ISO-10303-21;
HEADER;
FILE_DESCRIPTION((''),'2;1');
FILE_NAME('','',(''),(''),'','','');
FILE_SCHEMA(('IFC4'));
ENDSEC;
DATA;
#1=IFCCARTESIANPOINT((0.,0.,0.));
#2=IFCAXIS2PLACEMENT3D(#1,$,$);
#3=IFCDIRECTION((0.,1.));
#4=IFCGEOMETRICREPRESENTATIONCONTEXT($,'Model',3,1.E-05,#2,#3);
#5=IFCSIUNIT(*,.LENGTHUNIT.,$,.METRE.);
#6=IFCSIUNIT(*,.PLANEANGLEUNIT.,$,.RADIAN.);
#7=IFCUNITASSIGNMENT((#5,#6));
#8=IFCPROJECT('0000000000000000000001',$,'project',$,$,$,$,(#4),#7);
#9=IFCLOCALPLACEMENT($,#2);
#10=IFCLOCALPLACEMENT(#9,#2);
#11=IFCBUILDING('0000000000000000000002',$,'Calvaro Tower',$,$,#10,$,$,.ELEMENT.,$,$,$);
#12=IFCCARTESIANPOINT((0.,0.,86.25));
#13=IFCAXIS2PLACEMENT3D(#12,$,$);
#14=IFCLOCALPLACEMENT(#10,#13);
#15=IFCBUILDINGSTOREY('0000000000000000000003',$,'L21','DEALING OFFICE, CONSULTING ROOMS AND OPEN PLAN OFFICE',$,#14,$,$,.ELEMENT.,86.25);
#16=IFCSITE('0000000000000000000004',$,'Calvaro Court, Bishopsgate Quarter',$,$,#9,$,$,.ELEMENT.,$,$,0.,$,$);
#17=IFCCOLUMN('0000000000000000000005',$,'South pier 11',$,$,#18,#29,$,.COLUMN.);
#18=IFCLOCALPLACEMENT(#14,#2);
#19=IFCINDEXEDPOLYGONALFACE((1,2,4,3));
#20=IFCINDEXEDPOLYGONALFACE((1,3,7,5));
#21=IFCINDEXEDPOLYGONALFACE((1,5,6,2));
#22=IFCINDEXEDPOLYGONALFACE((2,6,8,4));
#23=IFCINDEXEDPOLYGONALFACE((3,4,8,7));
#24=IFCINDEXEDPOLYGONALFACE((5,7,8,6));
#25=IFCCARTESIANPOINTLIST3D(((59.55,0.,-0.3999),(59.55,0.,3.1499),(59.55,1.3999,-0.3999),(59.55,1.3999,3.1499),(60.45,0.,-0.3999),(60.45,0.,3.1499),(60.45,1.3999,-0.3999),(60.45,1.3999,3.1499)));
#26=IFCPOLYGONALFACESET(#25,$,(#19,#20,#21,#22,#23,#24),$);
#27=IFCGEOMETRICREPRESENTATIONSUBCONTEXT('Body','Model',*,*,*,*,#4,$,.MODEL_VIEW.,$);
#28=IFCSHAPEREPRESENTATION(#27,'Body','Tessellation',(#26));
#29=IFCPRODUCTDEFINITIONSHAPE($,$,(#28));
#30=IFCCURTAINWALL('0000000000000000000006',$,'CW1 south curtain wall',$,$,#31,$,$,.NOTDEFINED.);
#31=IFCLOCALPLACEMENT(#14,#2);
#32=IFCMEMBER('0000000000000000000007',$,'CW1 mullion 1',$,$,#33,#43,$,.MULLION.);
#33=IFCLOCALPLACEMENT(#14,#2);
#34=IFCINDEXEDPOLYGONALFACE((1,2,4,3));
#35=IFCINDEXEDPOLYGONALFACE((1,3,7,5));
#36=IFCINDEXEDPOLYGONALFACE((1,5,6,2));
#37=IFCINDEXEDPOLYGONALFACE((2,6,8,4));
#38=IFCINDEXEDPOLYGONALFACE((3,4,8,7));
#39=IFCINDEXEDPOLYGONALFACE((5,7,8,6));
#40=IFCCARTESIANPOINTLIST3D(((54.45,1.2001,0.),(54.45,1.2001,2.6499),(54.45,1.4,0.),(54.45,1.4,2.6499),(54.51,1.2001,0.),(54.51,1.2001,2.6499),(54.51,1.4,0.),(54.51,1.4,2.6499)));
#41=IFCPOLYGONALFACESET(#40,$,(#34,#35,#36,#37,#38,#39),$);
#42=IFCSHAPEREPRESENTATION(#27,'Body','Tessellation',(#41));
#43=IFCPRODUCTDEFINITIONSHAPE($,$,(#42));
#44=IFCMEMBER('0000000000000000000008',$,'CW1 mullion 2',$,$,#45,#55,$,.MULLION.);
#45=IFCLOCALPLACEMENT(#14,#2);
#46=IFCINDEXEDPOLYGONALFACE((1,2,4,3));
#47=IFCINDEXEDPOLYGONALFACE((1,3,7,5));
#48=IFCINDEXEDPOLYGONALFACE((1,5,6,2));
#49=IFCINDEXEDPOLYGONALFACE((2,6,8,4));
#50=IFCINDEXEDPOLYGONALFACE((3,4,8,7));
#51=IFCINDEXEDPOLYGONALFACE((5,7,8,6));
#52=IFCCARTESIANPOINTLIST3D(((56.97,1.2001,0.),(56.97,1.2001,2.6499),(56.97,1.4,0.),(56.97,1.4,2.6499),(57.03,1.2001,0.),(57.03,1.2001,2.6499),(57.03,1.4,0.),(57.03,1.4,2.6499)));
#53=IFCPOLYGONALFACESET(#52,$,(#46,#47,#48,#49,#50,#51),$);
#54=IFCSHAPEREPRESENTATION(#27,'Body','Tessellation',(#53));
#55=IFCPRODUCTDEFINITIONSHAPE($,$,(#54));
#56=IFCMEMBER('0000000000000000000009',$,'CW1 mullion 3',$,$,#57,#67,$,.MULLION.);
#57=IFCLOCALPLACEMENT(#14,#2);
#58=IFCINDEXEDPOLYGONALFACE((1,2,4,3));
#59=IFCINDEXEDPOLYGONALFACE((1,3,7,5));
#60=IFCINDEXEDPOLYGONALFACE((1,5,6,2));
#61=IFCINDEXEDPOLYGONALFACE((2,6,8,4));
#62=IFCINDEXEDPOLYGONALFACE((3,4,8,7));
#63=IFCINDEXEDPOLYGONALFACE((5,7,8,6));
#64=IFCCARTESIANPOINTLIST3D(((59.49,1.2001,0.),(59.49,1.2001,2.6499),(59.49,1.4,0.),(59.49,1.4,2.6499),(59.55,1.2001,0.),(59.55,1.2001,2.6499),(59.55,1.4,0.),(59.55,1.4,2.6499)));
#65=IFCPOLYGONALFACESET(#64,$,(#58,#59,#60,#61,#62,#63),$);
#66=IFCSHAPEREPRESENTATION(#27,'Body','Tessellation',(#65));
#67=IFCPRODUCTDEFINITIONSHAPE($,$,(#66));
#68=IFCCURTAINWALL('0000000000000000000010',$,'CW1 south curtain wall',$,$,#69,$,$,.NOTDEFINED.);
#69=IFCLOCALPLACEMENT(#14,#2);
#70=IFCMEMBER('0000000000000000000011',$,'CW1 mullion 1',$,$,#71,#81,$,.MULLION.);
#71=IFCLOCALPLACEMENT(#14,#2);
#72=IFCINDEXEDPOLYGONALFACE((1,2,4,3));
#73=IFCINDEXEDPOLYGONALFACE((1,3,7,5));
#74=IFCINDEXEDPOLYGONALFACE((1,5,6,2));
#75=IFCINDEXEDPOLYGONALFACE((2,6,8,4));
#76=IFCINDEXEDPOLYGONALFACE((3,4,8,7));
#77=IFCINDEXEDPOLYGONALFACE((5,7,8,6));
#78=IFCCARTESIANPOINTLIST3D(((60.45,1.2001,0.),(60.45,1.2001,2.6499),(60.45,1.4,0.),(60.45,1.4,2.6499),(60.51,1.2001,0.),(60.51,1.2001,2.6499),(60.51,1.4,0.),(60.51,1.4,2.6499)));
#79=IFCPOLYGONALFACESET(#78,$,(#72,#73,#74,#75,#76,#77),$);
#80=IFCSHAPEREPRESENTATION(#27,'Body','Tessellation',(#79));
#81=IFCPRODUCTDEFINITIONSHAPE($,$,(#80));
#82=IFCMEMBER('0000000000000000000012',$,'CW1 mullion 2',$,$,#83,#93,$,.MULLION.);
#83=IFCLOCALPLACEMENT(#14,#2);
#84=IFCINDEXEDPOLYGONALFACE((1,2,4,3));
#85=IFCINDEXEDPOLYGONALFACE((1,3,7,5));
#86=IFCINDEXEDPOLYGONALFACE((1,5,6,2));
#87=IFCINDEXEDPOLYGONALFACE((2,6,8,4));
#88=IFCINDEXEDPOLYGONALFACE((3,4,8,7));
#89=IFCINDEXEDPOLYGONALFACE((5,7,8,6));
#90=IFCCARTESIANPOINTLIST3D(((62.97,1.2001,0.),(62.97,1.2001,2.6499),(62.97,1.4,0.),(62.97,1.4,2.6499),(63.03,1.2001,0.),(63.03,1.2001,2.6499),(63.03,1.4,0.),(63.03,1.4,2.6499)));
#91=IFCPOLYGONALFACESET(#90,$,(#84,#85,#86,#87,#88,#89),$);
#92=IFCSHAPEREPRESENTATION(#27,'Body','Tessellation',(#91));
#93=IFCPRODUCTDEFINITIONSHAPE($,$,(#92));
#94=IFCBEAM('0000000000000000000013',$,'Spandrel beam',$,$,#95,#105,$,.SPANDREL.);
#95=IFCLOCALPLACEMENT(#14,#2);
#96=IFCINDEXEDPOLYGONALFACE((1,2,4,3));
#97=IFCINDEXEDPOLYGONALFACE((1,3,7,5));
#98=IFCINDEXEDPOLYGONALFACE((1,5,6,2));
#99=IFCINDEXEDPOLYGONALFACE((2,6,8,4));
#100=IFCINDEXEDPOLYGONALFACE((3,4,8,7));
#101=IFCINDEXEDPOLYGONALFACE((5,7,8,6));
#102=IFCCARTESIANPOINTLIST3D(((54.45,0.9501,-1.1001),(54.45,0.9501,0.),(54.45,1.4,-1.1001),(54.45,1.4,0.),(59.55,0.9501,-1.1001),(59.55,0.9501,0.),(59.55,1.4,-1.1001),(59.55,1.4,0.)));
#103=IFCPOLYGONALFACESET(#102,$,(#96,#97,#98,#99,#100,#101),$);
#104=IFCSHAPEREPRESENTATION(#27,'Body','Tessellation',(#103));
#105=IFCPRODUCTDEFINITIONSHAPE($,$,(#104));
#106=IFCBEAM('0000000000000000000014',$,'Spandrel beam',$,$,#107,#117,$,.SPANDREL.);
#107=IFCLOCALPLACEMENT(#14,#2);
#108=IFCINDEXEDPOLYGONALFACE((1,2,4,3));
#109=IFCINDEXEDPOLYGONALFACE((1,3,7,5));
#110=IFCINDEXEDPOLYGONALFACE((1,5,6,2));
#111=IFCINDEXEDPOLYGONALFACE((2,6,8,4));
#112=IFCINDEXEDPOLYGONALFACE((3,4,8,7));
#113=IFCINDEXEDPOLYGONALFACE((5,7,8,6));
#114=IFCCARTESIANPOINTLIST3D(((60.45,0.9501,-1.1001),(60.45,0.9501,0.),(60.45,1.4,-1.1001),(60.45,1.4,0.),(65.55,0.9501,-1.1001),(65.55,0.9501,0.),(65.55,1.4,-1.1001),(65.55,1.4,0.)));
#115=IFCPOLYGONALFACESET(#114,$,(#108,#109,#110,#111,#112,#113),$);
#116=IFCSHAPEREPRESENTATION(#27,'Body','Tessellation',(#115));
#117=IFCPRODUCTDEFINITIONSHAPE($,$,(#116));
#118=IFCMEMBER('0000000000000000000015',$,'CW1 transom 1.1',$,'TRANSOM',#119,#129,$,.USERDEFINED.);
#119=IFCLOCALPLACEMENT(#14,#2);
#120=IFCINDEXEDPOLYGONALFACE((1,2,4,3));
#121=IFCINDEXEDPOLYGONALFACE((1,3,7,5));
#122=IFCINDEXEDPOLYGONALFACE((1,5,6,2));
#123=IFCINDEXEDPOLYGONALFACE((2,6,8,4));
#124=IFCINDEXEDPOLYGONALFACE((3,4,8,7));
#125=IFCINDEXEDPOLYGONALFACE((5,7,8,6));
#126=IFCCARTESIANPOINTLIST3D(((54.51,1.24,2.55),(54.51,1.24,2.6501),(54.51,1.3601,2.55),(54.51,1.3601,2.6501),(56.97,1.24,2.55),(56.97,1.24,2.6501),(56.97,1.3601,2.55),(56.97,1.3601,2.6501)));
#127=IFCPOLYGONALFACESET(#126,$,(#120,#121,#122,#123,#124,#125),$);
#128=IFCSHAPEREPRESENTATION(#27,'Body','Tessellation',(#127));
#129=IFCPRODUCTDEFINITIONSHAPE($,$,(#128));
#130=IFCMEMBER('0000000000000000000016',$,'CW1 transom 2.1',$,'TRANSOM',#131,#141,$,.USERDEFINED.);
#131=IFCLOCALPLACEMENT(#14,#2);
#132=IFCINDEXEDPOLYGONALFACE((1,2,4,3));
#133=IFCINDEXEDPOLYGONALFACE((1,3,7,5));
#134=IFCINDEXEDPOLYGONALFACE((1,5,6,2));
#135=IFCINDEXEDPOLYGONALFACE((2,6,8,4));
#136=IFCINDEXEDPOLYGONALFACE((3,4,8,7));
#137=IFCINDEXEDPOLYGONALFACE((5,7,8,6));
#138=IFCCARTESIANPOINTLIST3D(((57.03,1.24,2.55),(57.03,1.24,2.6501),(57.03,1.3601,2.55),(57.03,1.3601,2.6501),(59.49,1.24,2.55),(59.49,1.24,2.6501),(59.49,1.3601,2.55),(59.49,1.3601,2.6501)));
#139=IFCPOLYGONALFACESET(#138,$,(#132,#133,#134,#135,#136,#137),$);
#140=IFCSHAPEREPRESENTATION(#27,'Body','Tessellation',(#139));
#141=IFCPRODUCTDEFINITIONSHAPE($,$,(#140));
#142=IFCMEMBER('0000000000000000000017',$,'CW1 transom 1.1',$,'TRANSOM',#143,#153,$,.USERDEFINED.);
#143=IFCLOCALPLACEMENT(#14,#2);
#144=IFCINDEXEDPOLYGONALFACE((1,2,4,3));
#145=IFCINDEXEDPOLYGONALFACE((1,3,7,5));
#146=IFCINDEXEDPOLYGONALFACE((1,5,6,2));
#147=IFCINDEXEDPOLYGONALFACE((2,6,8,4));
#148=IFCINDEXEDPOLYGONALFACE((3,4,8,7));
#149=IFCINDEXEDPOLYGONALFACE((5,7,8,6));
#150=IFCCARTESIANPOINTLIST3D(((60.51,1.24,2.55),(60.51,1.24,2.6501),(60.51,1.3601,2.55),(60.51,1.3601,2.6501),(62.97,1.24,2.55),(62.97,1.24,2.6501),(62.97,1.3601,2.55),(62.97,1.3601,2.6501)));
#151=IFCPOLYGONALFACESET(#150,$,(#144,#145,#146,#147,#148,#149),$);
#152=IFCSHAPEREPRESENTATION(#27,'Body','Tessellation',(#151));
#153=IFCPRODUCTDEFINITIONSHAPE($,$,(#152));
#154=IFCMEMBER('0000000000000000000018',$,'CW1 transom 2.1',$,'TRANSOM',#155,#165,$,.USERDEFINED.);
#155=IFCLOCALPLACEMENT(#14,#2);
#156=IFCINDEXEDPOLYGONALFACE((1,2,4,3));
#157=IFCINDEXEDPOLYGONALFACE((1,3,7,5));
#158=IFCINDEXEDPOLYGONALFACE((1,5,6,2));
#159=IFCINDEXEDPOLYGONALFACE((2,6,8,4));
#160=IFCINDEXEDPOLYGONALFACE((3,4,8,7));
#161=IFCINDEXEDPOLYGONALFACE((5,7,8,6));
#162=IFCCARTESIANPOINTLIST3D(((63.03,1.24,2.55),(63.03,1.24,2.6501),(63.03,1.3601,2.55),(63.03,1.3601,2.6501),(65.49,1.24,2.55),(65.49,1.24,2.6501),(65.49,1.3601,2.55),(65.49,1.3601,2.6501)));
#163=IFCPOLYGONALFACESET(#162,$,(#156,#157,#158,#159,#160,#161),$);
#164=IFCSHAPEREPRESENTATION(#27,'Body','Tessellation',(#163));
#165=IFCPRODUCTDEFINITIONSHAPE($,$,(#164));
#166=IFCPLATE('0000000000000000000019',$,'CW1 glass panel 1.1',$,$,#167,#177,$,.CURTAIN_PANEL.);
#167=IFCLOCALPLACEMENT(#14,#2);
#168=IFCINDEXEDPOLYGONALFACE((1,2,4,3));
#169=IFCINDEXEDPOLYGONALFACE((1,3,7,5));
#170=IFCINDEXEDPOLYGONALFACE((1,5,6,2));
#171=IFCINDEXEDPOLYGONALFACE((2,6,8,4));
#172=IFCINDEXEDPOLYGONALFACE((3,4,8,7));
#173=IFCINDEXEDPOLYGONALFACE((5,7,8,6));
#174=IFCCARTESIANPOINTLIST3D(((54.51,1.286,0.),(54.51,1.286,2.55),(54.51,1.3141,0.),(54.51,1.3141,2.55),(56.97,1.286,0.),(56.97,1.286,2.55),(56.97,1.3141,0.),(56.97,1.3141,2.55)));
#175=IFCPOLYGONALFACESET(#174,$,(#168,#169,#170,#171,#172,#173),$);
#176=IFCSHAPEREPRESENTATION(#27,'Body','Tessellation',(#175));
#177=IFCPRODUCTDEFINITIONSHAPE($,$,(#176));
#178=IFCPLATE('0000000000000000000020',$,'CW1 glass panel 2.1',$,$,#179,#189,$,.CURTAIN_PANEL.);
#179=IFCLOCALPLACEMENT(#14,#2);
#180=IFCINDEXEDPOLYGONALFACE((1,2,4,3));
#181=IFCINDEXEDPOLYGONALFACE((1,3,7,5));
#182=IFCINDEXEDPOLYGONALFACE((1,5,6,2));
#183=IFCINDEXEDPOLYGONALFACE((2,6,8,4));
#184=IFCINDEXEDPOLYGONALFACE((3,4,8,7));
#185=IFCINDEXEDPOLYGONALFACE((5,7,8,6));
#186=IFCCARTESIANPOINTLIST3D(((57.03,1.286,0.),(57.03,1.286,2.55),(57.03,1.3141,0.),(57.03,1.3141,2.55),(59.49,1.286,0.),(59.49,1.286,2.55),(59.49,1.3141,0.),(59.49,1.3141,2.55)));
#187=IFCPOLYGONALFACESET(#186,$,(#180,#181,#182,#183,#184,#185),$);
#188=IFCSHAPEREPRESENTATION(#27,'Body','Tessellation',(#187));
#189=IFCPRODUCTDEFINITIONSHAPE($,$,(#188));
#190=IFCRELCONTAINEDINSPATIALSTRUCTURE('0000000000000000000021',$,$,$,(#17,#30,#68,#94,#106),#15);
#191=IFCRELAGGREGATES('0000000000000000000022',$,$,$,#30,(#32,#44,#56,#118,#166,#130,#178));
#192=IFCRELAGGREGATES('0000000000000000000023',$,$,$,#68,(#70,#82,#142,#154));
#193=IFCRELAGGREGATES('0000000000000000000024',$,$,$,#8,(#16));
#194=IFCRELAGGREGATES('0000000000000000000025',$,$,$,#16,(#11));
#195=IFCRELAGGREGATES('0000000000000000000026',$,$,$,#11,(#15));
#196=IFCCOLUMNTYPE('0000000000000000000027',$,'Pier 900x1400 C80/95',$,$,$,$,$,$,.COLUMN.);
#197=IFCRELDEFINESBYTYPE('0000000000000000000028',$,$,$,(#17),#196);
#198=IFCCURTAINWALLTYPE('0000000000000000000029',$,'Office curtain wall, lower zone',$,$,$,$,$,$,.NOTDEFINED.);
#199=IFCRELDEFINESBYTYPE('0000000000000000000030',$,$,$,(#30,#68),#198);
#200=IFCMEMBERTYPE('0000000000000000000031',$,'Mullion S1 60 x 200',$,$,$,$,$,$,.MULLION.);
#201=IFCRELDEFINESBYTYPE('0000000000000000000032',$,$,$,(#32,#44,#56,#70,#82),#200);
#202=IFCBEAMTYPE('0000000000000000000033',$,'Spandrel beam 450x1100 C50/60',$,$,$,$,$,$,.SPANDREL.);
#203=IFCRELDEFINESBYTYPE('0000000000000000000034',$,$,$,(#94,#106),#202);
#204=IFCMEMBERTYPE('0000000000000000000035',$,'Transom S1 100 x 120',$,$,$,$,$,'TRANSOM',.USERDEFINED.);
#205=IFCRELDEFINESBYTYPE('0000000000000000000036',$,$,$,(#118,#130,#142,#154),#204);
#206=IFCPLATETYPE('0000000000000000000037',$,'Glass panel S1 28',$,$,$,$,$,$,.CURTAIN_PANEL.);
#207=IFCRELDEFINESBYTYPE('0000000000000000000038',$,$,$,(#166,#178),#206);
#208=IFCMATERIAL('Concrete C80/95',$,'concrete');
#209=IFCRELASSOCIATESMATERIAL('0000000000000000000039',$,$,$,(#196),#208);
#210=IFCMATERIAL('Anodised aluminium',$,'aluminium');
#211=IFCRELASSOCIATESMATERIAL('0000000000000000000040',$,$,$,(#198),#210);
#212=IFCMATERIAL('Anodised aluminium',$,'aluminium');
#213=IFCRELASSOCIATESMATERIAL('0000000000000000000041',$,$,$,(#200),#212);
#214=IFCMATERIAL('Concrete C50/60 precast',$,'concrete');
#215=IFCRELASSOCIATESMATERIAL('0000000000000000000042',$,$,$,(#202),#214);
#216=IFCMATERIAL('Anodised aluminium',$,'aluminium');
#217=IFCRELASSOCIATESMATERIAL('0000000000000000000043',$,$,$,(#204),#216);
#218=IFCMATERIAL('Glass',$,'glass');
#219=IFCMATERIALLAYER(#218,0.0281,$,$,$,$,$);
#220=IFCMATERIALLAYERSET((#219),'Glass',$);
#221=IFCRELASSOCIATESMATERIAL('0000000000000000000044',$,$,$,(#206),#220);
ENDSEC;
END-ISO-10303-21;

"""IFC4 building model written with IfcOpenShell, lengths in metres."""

from ifc_helpers import new_model, si_unit, direction, frame, origin, origin_2d, place, context, subcontext, project, spatial, rectangle, extrude, material, layer, layer_set, material_profile, profile_set, type_object, element, aggregate, save


model = new_model("IFC4")

# Units and contexts
model_context = context("Model", 3, precision=1e-05, world=origin(), true_north=direction((0.0, 1.0)))
body_context = subcontext(model_context, "Body", "Model", "MODEL_VIEW")
ifc_project = project(units=[si_unit("LENGTHUNIT", "METRE"), si_unit("PLANEANGLEUNIT", "RADIAN")], contexts=[model_context])

# Site, building, storey
site_placement = place(None, origin())
site = spatial("IfcSite", under=ifc_project, at=site_placement, Name="Calvaro Court, Bishopsgate Quarter", CompositionType="ELEMENT", RefElevation=0.0)
building_placement = place(site_placement, origin())
building = spatial("IfcBuilding", under=site, at=building_placement, Name="Calvaro Tower", CompositionType="ELEMENT")
storey_placement = place(building_placement, frame((0.0, 0.0, 86.25)))
storey = spatial("IfcBuildingStorey", under=building, at=storey_placement, Name="L21", Description="DEALING OFFICE, CONSULTING ROOMS AND OPEN PLAN OFFICE", CompositionType="ELEMENT", Elevation=86.25)

# Column
ifc_material_1 = material(Name="Concrete C80/95", Category="concrete")
ifc_material_profile_1 = material_profile(ifc_material_1, rectangle(XDim=0.8999, YDim=1.3999, at=origin_2d()), Name="RC 900x1400")
ifc_profile_set_1 = profile_set([ifc_material_profile_1], Name="Concrete C80/95")
column_type = type_object("IfcColumnType", Name="Pier 900x1400 C80/95", PredefinedType="COLUMN", material=ifc_profile_set_1)
column_placement = place(storey_placement, frame((60.0, 0.7, -0.3999), z_axis=(0.0, 0.0, 1.0), x_axis=(1.0, 0.0, 0.0)))
element("IfcColumn", 1, at=column_placement, inside=storey, type_object=column_type, Name="South pier 11", PredefinedType="COLUMN", context=body_context, shape_type="SweptSolid", body=[
    extrude(rectangle(XDim=0.8999, YDim=1.3999, at=origin_2d()), origin(), (0.0, 0.0, 1.0), 3.5498),
])

# Curtain walls, members
ifc_material_2 = material(Name="Anodised aluminium", Category="aluminium")
curtain_wall_type = type_object("IfcCurtainWallType", Name="Office curtain wall, lower zone", PredefinedType="NOTDEFINED", material=ifc_material_2)
curtain_wall_1_placement = place(storey_placement, origin())
curtain_wall_1 = element("IfcCurtainWall", 2, at=curtain_wall_1_placement, inside=storey, type_object=curtain_wall_type, Name="CW1 south curtain wall", PredefinedType="NOTDEFINED")
ifc_material_3 = material(Name="Anodised aluminium", Category="aluminium")
ifc_material_profile_2 = material_profile(ifc_material_3, rectangle(XDim=0.2, YDim=0.0601, at=origin_2d()), Name="Mullion S1 60 x 200")
ifc_profile_set_2 = profile_set([ifc_material_profile_2], Name="Anodised aluminium")
member_type_1 = type_object("IfcMemberType", Name="Mullion S1 60 x 200", PredefinedType="MULLION", material=ifc_profile_set_2)
member_1_placement = place(storey_placement, frame((54.48, 1.3, 0.0), z_axis=(0.0, 0.0, 1.0), x_axis=(0.0, 1.0, 0.0)))
member_1 = element("IfcMember", 3, at=member_1_placement, type_object=member_type_1, Name="CW1 mullion 1", PredefinedType="MULLION", context=body_context, shape_type="SweptSolid", body=[
    extrude(rectangle(XDim=0.2, YDim=0.0601, at=origin_2d()), origin(), (0.0, 0.0, 1.0), 2.6499),
])
member_2_placement = place(storey_placement, frame((57.0, 1.3, 0.0), z_axis=(0.0, 0.0, 1.0), x_axis=(0.0, 1.0, 0.0)))
member_2 = element("IfcMember", 4, at=member_2_placement, type_object=member_type_1, Name="CW1 mullion 2", PredefinedType="MULLION", context=body_context, shape_type="SweptSolid", body=[
    extrude(rectangle(XDim=0.2, YDim=0.0601, at=origin_2d()), origin(), (0.0, 0.0, 1.0), 2.6499),
])
member_3_placement = place(storey_placement, frame((59.52, 1.3, 0.0), z_axis=(0.0, 0.0, 1.0), x_axis=(0.0, 1.0, 0.0)))
member_3 = element("IfcMember", 5, at=member_3_placement, type_object=member_type_1, Name="CW1 mullion 3", PredefinedType="MULLION", context=body_context, shape_type="SweptSolid", body=[
    extrude(rectangle(XDim=0.2, YDim=0.0601, at=origin_2d()), origin(), (0.0, 0.0, 1.0), 2.6499),
])
curtain_wall_2_placement = place(storey_placement, origin())
curtain_wall_2 = element("IfcCurtainWall", 6, at=curtain_wall_2_placement, inside=storey, type_object=curtain_wall_type, Name="CW1 south curtain wall", PredefinedType="NOTDEFINED")
member_4_placement = place(storey_placement, frame((60.48, 1.3, 0.0), z_axis=(0.0, 0.0, 1.0), x_axis=(0.0, 1.0, 0.0)))
member_4 = element("IfcMember", 7, at=member_4_placement, type_object=member_type_1, Name="CW1 mullion 1", PredefinedType="MULLION", context=body_context, shape_type="SweptSolid", body=[
    extrude(rectangle(XDim=0.2, YDim=0.0601, at=origin_2d()), origin(), (0.0, 0.0, 1.0), 2.6499),
])
member_5_placement = place(storey_placement, frame((63.0, 1.3, 0.0), z_axis=(0.0, 0.0, 1.0), x_axis=(0.0, 1.0, 0.0)))
member_5 = element("IfcMember", 8, at=member_5_placement, type_object=member_type_1, Name="CW1 mullion 2", PredefinedType="MULLION", context=body_context, shape_type="SweptSolid", body=[
    extrude(rectangle(XDim=0.2, YDim=0.0601, at=origin_2d()), origin(), (0.0, 0.0, 1.0), 2.6499),
])

# Beams
ifc_material_4 = material(Name="Concrete C50/60 precast", Category="concrete")
ifc_material_profile_3 = material_profile(ifc_material_4, rectangle(XDim=0.45, YDim=1.1001, at=origin_2d()), Name="RC 450x1100")
ifc_profile_set_3 = profile_set([ifc_material_profile_3], Name="Concrete C50/60 precast")
beam_type = type_object("IfcBeamType", Name="Spandrel beam 450x1100 C50/60", PredefinedType="SPANDREL", material=ifc_profile_set_3)
for number, where, z_axis, x_axis, name in (
    (9, (54.45, 1.175, -0.55), (1.0, 0.0, 0.0), (0.0, 1.0, 0.0), "Spandrel beam"),
    (10, (60.45, 1.175, -0.55), (1.0, 0.0, 0.0), (0.0, 1.0, 0.0), "Spandrel beam"),
):
    element("IfcBeam", number, at=place(storey_placement, frame(where, z_axis=z_axis, x_axis=x_axis)), inside=storey, type_object=beam_type, Name=name, PredefinedType="SPANDREL", context=body_context, shape_type="SweptSolid", body=[
        extrude(rectangle(XDim=0.45, YDim=1.1001, at=origin_2d()), origin(), (0.0, 0.0, 1.0), 5.1001),
    ])

# Members
ifc_material_5 = material(Name="Anodised aluminium", Category="aluminium")
ifc_material_profile_4 = material_profile(ifc_material_5, rectangle(XDim=0.1201, YDim=0.1001, at=origin_2d()), Name="Transom S1 100 x 120")
ifc_profile_set_4 = profile_set([ifc_material_profile_4], Name="Anodised aluminium")
member_type_2 = type_object("IfcMemberType", Name="Transom S1 100 x 120", ElementType="TRANSOM", PredefinedType="USERDEFINED", material=ifc_profile_set_4)
member_6_placement = place(storey_placement, frame((54.51, 1.3, 2.6001), z_axis=(1.0, 0.0, 0.0), x_axis=(0.0, 1.0, 0.0)))
member_6 = element("IfcMember", 11, at=member_6_placement, type_object=member_type_2, Name="CW1 transom 1.1", ObjectType="TRANSOM", PredefinedType="USERDEFINED", context=body_context, shape_type="SweptSolid", body=[
    extrude(rectangle(XDim=0.1201, YDim=0.1001, at=origin_2d()), origin(), (0.0, 0.0, 1.0), 2.46),
])
member_7_placement = place(storey_placement, frame((57.03, 1.3, 2.6001), z_axis=(1.0, 0.0, 0.0), x_axis=(0.0, 1.0, 0.0)))
member_7 = element("IfcMember", 12, at=member_7_placement, type_object=member_type_2, Name="CW1 transom 2.1", ObjectType="TRANSOM", PredefinedType="USERDEFINED", context=body_context, shape_type="SweptSolid", body=[
    extrude(rectangle(XDim=0.1201, YDim=0.1001, at=origin_2d()), origin(), (0.0, 0.0, 1.0), 2.46),
])
member_8_placement = place(storey_placement, frame((60.51, 1.3, 2.6001), z_axis=(1.0, 0.0, 0.0), x_axis=(0.0, 1.0, 0.0)))
member_8 = element("IfcMember", 13, at=member_8_placement, type_object=member_type_2, Name="CW1 transom 1.1", ObjectType="TRANSOM", PredefinedType="USERDEFINED", context=body_context, shape_type="SweptSolid", body=[
    extrude(rectangle(XDim=0.1201, YDim=0.1001, at=origin_2d()), origin(), (0.0, 0.0, 1.0), 2.46),
])
member_9_placement = place(storey_placement, frame((63.03, 1.3, 2.6001), z_axis=(1.0, 0.0, 0.0), x_axis=(0.0, 1.0, 0.0)))
member_9 = element("IfcMember", 14, at=member_9_placement, type_object=member_type_2, Name="CW1 transom 2.1", ObjectType="TRANSOM", PredefinedType="USERDEFINED", context=body_context, shape_type="SweptSolid", body=[
    extrude(rectangle(XDim=0.1201, YDim=0.1001, at=origin_2d()), origin(), (0.0, 0.0, 1.0), 2.46),
])

# Plates
ifc_material_6 = material(Name="Glass", Category="glass")
ifc_layer_1 = layer(ifc_material_6, 0.0281)
ifc_layer_set_1 = layer_set([ifc_layer_1], Name="Glass")
plate_type = type_object("IfcPlateType", Name="Glass panel S1 28", PredefinedType="CURTAIN_PANEL", material=ifc_layer_set_1)
plate_1_placement = place(storey_placement, frame((55.74, 1.3, 0.0), z_axis=(0.0, 0.0, 1.0), x_axis=(1.0, 0.0, 0.0)))
plate_1 = element("IfcPlate", 15, at=plate_1_placement, type_object=plate_type, Name="CW1 glass panel 1.1", PredefinedType="CURTAIN_PANEL", context=body_context, shape_type="SweptSolid", body=[
    extrude(rectangle(XDim=2.46, YDim=0.0281, at=origin_2d()), origin(), (0.0, 0.0, 1.0), 2.55),
])
plate_2_placement = place(storey_placement, frame((58.26, 1.3, 0.0), z_axis=(0.0, 0.0, 1.0), x_axis=(1.0, 0.0, 0.0)))
plate_2 = element("IfcPlate", 16, at=plate_2_placement, type_object=plate_type, Name="CW1 glass panel 2.1", PredefinedType="CURTAIN_PANEL", context=body_context, shape_type="SweptSolid", body=[
    extrude(rectangle(XDim=2.46, YDim=0.0281, at=origin_2d()), origin(), (0.0, 0.0, 1.0), 2.55),
])
aggregate(curtain_wall_1, [member_1, member_2, member_3, member_6, plate_1, member_7, plate_2])
aggregate(curtain_wall_2, [member_4, member_5, member_8, member_9])

save(model, "model.ifc")
